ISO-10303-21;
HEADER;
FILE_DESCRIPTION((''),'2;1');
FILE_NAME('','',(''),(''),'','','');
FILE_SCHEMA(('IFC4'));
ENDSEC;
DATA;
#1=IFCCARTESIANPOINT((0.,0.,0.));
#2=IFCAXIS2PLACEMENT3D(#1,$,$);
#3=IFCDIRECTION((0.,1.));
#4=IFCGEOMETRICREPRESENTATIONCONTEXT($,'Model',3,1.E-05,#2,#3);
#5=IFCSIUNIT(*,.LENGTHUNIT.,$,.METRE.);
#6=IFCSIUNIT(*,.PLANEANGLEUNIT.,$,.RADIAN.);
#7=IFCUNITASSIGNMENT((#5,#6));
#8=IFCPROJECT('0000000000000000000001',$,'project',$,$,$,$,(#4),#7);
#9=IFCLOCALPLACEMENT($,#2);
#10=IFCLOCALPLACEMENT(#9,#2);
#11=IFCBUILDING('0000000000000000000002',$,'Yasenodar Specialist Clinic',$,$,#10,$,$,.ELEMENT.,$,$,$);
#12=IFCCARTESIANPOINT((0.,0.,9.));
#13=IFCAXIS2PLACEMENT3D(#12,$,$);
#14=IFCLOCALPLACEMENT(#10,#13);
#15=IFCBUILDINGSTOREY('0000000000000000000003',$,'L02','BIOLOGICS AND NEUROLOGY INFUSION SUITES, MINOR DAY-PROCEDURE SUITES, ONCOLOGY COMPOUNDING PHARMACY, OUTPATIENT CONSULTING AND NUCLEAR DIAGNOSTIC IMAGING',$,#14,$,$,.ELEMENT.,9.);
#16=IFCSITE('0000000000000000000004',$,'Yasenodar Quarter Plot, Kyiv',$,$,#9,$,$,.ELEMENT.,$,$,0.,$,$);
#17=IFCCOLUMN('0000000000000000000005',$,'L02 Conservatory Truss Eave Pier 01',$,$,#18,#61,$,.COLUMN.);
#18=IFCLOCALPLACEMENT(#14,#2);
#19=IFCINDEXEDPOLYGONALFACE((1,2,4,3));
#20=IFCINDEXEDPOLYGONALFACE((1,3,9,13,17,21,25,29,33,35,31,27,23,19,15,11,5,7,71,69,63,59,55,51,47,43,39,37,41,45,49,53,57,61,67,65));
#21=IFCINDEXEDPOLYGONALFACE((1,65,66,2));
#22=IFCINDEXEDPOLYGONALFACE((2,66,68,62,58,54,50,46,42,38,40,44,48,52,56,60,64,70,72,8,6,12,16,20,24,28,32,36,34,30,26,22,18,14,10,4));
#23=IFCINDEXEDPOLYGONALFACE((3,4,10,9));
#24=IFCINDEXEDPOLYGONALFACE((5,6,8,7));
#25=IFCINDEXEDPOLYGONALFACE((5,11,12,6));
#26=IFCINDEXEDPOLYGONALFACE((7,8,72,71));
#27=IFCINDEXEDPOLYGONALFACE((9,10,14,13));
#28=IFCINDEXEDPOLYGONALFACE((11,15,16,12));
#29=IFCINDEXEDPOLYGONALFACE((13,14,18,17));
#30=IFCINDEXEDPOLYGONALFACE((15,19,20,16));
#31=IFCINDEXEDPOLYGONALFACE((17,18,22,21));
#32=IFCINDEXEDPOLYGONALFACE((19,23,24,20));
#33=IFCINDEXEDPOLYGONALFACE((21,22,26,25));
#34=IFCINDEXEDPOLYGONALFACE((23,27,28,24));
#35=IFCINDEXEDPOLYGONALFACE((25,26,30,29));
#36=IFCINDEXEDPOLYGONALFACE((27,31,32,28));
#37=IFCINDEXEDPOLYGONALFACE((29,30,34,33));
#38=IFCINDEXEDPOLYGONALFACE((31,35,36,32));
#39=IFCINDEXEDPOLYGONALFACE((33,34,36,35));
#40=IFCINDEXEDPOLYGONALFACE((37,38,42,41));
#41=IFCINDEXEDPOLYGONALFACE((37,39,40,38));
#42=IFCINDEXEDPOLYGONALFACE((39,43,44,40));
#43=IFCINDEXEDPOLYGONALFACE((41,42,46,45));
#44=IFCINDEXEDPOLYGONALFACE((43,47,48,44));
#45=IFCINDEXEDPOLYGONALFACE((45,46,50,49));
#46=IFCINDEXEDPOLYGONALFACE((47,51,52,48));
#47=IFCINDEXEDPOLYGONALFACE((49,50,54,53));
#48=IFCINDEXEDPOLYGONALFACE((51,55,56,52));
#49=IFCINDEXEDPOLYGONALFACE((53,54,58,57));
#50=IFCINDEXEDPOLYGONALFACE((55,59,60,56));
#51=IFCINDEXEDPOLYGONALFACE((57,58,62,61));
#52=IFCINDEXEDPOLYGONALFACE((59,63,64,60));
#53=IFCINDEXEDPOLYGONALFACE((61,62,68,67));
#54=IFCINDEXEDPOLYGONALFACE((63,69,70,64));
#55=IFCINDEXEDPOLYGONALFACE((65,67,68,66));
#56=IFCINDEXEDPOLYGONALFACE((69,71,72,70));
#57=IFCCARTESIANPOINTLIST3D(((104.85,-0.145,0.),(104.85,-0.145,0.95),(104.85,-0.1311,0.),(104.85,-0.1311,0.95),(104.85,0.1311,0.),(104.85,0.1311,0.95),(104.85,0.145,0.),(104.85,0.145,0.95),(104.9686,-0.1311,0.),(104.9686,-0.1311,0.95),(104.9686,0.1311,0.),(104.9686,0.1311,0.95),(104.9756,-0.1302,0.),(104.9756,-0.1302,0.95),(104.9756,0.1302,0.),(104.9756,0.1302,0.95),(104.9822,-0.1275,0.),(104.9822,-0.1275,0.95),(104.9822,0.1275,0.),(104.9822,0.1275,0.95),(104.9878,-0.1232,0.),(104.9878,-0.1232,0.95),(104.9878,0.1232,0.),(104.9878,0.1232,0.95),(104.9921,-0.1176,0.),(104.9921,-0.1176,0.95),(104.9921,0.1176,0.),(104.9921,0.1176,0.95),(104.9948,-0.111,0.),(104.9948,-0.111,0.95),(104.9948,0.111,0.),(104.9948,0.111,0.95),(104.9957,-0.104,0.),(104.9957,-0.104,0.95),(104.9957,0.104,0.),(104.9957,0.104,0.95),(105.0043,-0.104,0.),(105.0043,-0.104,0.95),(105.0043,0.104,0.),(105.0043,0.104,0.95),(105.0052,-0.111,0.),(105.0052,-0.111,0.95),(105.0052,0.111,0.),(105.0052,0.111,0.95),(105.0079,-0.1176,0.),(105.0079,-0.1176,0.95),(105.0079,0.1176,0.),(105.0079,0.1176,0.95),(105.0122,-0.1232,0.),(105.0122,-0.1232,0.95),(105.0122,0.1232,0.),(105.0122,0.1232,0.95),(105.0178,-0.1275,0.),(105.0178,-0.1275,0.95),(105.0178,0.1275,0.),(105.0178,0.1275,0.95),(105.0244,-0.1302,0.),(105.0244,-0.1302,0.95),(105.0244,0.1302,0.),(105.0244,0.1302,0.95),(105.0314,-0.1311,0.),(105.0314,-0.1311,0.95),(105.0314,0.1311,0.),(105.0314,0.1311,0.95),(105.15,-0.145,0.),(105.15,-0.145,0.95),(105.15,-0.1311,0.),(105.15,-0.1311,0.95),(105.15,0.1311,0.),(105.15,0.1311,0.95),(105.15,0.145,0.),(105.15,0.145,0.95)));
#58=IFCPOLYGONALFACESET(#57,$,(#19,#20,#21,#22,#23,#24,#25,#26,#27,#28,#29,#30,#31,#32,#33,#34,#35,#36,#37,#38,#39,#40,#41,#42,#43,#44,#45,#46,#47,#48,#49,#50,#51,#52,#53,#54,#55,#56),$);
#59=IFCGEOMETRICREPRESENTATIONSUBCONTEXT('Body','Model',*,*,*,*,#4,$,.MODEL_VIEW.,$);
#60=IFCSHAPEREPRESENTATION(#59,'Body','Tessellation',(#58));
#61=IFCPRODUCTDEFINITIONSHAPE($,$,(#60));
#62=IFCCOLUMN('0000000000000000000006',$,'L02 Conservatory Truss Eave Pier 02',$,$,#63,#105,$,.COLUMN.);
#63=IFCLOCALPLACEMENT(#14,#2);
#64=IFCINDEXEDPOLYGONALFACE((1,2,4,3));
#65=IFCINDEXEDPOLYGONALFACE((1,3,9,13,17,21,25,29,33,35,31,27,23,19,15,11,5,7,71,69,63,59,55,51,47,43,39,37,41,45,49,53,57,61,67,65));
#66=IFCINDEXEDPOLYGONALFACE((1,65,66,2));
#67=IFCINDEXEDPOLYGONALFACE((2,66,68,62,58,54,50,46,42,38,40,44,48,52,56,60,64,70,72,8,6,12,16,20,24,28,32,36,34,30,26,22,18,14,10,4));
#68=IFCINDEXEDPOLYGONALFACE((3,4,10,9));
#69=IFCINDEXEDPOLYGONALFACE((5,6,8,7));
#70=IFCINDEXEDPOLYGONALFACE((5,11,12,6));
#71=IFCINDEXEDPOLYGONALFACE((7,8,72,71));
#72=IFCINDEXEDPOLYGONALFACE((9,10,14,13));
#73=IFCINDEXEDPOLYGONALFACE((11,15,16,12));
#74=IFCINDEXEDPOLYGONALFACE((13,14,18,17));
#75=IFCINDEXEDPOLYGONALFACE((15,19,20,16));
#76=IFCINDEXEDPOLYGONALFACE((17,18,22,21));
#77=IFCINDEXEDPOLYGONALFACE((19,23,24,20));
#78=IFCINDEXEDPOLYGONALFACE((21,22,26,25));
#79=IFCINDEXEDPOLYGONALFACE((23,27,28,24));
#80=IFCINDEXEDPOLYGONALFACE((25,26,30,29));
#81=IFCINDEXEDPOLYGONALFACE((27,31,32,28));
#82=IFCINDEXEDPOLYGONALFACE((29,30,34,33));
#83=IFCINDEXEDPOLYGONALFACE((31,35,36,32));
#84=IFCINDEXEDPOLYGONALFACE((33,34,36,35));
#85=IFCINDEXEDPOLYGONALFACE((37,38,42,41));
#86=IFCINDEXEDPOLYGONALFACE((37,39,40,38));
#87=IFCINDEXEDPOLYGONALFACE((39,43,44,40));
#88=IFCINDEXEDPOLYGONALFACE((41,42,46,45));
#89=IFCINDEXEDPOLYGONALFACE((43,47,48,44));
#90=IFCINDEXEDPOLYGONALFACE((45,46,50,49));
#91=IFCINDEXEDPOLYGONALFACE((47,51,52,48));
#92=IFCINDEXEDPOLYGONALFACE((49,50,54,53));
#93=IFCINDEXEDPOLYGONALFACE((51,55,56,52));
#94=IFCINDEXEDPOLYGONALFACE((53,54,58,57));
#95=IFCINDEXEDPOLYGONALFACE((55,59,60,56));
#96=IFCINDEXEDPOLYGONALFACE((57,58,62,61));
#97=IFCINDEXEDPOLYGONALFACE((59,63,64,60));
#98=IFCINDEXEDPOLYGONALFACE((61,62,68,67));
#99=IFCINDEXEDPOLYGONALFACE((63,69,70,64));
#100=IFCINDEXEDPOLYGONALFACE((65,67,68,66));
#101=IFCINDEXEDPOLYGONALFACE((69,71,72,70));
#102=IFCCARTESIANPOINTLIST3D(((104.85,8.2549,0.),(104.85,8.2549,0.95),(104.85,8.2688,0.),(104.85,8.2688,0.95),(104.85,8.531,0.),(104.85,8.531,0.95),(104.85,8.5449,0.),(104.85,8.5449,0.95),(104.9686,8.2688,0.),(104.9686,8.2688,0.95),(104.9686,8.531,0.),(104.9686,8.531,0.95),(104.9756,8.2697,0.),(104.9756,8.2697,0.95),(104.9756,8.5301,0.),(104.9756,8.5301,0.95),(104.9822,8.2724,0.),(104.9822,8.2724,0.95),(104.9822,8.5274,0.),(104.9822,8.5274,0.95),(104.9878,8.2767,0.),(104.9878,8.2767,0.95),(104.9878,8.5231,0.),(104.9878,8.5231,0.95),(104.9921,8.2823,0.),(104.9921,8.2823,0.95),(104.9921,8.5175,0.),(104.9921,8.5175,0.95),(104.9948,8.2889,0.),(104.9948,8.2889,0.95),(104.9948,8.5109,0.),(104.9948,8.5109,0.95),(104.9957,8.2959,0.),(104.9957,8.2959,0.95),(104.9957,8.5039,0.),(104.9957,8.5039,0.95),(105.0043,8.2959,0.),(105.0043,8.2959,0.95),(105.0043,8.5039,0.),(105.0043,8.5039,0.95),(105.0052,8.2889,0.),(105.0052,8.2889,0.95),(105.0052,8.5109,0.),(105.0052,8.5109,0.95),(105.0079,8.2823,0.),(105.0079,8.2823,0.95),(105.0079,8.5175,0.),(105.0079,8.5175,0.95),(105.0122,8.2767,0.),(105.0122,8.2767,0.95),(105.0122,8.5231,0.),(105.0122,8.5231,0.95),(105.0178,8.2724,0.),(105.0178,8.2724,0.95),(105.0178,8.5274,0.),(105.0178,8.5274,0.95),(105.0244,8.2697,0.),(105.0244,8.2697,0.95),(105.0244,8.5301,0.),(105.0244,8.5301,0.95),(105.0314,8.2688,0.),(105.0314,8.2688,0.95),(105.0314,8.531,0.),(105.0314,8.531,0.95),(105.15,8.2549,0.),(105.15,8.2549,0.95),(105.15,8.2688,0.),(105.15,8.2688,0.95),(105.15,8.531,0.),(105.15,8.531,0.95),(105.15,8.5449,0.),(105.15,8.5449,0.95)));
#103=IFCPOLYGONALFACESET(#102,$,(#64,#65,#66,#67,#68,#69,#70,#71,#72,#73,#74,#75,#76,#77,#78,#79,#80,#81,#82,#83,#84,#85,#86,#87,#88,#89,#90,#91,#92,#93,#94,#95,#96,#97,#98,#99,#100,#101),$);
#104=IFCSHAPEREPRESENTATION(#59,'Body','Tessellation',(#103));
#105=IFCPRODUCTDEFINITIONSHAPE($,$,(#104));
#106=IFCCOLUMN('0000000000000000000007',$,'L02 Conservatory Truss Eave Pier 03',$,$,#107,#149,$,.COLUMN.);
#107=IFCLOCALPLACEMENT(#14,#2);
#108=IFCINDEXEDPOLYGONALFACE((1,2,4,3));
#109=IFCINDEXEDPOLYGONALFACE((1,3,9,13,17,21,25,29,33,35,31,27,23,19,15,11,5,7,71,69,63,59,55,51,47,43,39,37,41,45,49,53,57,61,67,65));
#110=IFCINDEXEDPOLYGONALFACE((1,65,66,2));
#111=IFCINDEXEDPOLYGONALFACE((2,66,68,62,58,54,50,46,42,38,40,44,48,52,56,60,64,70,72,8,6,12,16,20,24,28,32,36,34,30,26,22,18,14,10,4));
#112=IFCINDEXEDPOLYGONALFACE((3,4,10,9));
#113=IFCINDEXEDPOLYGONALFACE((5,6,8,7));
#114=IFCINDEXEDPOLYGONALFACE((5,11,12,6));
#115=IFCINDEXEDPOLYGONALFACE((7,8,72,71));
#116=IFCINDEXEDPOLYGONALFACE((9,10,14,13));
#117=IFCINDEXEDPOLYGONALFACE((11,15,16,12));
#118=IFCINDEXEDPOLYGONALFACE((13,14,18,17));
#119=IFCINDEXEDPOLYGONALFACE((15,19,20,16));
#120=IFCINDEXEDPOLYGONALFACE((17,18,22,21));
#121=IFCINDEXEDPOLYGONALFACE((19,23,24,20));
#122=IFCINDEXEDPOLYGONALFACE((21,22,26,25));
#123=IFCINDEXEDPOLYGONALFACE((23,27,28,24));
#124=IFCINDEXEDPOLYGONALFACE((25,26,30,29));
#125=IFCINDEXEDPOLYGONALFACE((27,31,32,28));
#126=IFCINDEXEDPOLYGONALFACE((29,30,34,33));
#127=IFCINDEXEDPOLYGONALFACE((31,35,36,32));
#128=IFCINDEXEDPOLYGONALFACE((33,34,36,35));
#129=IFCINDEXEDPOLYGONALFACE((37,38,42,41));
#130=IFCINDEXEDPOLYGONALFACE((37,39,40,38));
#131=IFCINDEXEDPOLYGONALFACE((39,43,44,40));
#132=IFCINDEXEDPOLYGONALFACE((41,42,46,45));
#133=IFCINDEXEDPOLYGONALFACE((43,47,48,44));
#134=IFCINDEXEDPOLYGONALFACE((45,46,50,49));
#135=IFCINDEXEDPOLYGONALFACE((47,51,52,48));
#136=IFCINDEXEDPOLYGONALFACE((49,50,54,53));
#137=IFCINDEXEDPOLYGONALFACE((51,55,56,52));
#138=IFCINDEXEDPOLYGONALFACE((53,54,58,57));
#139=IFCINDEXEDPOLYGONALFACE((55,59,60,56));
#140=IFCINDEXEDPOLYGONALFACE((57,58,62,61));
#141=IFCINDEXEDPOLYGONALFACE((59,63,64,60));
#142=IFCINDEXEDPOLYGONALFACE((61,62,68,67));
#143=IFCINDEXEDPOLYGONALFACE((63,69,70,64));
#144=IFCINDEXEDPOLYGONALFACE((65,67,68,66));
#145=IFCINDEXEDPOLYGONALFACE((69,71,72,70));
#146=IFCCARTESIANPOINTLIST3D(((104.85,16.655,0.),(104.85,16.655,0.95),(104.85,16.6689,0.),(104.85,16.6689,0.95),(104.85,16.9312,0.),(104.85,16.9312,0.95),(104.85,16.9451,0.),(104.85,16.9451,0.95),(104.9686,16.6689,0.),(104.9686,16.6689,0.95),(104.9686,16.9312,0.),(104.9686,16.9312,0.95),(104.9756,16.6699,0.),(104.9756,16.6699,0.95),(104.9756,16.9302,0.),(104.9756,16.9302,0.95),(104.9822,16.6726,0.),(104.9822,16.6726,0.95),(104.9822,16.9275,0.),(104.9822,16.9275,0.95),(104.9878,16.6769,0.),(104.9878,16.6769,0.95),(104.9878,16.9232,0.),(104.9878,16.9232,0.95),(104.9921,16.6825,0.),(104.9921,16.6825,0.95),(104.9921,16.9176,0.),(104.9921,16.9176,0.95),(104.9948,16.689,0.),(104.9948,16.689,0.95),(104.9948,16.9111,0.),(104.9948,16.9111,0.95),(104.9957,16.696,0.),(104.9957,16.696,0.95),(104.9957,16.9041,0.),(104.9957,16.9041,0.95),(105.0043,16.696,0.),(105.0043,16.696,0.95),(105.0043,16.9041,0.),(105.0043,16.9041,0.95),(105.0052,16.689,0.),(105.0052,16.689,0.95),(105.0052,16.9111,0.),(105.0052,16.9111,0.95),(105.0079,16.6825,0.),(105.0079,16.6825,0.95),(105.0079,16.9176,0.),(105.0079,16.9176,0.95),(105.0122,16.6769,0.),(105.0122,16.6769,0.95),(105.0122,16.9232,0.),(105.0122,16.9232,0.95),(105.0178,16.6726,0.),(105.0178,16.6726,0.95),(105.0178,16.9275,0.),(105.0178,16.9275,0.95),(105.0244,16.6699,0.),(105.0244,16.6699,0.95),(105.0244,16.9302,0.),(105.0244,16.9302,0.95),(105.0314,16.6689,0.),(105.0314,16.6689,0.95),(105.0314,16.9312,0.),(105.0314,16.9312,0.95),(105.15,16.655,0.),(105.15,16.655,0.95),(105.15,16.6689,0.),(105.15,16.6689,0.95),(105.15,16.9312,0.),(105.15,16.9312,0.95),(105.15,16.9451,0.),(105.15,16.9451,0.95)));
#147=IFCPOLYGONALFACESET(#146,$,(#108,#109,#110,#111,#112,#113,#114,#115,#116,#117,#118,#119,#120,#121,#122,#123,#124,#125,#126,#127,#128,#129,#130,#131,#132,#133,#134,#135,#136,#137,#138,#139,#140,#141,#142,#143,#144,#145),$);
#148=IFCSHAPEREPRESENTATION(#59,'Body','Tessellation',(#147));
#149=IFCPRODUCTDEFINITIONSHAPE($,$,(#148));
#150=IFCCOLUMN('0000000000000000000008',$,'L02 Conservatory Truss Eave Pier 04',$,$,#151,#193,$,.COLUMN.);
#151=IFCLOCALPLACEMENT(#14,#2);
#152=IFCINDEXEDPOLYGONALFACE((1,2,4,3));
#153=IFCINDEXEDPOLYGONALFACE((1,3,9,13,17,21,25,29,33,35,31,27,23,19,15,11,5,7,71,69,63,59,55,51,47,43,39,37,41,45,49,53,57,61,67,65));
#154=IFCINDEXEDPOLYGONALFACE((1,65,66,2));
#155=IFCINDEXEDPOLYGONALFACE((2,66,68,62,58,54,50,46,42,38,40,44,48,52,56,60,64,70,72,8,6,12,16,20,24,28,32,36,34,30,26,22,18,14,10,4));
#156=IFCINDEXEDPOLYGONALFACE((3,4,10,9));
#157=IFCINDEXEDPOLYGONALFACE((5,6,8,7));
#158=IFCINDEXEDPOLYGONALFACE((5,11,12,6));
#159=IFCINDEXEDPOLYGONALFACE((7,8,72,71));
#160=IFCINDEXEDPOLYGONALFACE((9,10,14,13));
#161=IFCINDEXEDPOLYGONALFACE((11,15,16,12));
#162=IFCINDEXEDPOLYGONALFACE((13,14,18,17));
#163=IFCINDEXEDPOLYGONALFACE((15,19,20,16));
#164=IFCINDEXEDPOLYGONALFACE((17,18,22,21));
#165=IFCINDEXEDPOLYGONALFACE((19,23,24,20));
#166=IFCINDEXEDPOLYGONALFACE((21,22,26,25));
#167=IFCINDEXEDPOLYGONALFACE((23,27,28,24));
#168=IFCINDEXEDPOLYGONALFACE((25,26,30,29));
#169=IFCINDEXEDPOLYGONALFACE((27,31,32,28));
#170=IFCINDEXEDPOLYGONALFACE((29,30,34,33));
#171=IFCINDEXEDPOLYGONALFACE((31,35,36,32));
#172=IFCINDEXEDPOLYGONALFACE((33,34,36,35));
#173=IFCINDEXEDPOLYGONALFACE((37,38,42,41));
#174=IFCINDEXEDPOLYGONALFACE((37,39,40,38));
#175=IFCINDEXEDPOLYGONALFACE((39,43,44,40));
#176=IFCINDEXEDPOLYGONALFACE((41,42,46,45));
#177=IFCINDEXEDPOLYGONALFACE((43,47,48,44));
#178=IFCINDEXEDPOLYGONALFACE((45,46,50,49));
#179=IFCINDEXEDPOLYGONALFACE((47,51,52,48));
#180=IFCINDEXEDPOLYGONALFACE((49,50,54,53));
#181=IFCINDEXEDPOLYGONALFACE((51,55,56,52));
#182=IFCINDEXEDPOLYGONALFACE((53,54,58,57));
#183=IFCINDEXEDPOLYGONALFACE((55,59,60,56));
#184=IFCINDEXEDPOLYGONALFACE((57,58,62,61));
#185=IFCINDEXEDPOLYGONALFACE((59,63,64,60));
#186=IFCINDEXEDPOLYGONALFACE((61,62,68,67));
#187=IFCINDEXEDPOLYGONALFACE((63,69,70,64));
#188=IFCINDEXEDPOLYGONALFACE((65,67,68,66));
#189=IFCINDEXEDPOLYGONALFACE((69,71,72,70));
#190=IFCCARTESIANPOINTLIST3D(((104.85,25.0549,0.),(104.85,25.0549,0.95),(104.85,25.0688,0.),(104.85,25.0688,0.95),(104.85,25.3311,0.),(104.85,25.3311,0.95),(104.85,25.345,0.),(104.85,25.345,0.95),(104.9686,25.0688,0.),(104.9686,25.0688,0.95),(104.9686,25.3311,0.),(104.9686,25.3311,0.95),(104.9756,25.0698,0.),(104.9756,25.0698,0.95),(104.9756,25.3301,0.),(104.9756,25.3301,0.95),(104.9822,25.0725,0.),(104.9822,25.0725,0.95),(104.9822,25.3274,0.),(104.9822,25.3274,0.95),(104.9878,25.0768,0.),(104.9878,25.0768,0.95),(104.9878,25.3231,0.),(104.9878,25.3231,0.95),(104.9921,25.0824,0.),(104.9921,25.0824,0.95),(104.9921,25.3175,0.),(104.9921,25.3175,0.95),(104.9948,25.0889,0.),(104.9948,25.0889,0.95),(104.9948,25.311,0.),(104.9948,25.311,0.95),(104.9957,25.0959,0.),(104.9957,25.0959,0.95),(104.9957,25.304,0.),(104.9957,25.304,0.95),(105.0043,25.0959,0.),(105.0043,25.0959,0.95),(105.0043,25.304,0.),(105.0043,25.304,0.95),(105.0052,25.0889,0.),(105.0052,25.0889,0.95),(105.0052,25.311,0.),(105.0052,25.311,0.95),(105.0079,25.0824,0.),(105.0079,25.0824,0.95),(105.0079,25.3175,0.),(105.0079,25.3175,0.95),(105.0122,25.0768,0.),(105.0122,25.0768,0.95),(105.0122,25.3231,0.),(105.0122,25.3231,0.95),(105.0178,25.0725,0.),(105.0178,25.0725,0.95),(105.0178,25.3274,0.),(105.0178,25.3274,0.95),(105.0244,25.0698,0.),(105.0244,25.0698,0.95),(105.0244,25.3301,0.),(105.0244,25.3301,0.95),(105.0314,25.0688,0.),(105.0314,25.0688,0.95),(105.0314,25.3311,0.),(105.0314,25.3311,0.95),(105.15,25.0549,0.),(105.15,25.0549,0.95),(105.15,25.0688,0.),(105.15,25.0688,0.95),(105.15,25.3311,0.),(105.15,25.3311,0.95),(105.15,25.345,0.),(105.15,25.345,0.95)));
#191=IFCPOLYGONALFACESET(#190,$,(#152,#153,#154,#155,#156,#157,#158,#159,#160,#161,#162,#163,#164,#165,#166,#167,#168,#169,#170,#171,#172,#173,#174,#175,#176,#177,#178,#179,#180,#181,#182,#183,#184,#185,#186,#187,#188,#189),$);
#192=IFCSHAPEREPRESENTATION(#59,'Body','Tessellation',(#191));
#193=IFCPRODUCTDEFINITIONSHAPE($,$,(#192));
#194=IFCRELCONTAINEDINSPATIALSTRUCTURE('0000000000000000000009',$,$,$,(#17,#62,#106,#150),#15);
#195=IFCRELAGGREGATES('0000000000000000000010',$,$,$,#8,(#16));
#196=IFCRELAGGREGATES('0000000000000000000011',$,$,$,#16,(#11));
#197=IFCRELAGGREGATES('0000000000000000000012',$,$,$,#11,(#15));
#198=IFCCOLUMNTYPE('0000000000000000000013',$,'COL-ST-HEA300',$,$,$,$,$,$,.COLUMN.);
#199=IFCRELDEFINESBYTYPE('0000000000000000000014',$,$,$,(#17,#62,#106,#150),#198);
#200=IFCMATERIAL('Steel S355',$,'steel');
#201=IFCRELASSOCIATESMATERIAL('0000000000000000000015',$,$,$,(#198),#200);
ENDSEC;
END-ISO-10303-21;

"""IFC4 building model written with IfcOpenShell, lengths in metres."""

from ifc_helpers import new_model, si_unit, direction, frame, origin, origin_2d, place, context, subcontext, project, spatial, i_section, extrude, material, material_profile, profile_set, type_object, element, save


model = new_model("IFC4")

# Units and contexts
model_context = context("Model", 3, precision=1e-05, world=origin(), true_north=direction((0.0, 1.0)))
body_context = subcontext(model_context, "Body", "Model", "MODEL_VIEW")
ifc_project = project(units=[si_unit("LENGTHUNIT", "METRE"), si_unit("PLANEANGLEUNIT", "RADIAN")], contexts=[model_context])

# Site, building, storey
site_placement = place(None, origin())
site = spatial("IfcSite", under=ifc_project, at=site_placement, Name="Yasenodar Quarter Plot, Kyiv", CompositionType="ELEMENT", RefElevation=0.0)
building_placement = place(site_placement, origin())
building = spatial("IfcBuilding", under=site, at=building_placement, Name="Yasenodar Specialist Clinic", CompositionType="ELEMENT")
storey_placement = place(building_placement, frame((0.0, 0.0, 9.0)))
storey = spatial("IfcBuildingStorey", under=building, at=storey_placement, Name="L02", Description="BIOLOGICS AND NEUROLOGY INFUSION SUITES, MINOR DAY-PROCEDURE SUITES, ONCOLOGY COMPOUNDING PHARMACY, OUTPATIENT CONSULTING AND NUCLEAR DIAGNOSTIC IMAGING", CompositionType="ELEMENT", Elevation=9.0)

# Columns
ifc_material_1 = material(Name="Steel S355", Category="steel")
ifc_material_profile_1 = material_profile(ifc_material_1, i_section(OverallWidth=0.3, OverallDepth=0.29, WebThickness=0.0085, FlangeThickness=0.0139, FilletRadius=0.0271, at=origin_2d()), Name="HEA 300")
ifc_profile_set_1 = profile_set([ifc_material_profile_1], Name="Steel S355")
column_type = type_object("IfcColumnType", Name="COL-ST-HEA300", PredefinedType="COLUMN", material=ifc_profile_set_1)
for number, where, z_axis, x_axis, name in (
    (1, (105.0, 0.0, 0.0), (0.0, 0.0, 1.0), (1.0, 0.0, 0.0), "L02 Conservatory Truss Eave Pier 01"),
    (2, (105.0, 8.3999, 0.0), (0.0, 0.0, 1.0), (1.0, 0.0, 0.0), "L02 Conservatory Truss Eave Pier 02"),
    (3, (105.0, 16.8, 0.0), (0.0, 0.0, 1.0), (1.0, 0.0, 0.0), "L02 Conservatory Truss Eave Pier 03"),
    (4, (105.0, 25.2, 0.0), (0.0, 0.0, 1.0), (1.0, 0.0, 0.0), "L02 Conservatory Truss Eave Pier 04"),
):
    element("IfcColumn", number, at=place(storey_placement, frame(where, z_axis=z_axis, x_axis=x_axis)), inside=storey, type_object=column_type, Name=name, PredefinedType="COLUMN", context=body_context, shape_type="SweptSolid", body=[
        extrude(i_section(OverallWidth=0.3, OverallDepth=0.29, WebThickness=0.0085, FlangeThickness=0.0139, FilletRadius=0.0271, at=origin_2d()), origin(), (0.0, 0.0, 1.0), 0.95),
    ])

save(model, "model.ifc")
